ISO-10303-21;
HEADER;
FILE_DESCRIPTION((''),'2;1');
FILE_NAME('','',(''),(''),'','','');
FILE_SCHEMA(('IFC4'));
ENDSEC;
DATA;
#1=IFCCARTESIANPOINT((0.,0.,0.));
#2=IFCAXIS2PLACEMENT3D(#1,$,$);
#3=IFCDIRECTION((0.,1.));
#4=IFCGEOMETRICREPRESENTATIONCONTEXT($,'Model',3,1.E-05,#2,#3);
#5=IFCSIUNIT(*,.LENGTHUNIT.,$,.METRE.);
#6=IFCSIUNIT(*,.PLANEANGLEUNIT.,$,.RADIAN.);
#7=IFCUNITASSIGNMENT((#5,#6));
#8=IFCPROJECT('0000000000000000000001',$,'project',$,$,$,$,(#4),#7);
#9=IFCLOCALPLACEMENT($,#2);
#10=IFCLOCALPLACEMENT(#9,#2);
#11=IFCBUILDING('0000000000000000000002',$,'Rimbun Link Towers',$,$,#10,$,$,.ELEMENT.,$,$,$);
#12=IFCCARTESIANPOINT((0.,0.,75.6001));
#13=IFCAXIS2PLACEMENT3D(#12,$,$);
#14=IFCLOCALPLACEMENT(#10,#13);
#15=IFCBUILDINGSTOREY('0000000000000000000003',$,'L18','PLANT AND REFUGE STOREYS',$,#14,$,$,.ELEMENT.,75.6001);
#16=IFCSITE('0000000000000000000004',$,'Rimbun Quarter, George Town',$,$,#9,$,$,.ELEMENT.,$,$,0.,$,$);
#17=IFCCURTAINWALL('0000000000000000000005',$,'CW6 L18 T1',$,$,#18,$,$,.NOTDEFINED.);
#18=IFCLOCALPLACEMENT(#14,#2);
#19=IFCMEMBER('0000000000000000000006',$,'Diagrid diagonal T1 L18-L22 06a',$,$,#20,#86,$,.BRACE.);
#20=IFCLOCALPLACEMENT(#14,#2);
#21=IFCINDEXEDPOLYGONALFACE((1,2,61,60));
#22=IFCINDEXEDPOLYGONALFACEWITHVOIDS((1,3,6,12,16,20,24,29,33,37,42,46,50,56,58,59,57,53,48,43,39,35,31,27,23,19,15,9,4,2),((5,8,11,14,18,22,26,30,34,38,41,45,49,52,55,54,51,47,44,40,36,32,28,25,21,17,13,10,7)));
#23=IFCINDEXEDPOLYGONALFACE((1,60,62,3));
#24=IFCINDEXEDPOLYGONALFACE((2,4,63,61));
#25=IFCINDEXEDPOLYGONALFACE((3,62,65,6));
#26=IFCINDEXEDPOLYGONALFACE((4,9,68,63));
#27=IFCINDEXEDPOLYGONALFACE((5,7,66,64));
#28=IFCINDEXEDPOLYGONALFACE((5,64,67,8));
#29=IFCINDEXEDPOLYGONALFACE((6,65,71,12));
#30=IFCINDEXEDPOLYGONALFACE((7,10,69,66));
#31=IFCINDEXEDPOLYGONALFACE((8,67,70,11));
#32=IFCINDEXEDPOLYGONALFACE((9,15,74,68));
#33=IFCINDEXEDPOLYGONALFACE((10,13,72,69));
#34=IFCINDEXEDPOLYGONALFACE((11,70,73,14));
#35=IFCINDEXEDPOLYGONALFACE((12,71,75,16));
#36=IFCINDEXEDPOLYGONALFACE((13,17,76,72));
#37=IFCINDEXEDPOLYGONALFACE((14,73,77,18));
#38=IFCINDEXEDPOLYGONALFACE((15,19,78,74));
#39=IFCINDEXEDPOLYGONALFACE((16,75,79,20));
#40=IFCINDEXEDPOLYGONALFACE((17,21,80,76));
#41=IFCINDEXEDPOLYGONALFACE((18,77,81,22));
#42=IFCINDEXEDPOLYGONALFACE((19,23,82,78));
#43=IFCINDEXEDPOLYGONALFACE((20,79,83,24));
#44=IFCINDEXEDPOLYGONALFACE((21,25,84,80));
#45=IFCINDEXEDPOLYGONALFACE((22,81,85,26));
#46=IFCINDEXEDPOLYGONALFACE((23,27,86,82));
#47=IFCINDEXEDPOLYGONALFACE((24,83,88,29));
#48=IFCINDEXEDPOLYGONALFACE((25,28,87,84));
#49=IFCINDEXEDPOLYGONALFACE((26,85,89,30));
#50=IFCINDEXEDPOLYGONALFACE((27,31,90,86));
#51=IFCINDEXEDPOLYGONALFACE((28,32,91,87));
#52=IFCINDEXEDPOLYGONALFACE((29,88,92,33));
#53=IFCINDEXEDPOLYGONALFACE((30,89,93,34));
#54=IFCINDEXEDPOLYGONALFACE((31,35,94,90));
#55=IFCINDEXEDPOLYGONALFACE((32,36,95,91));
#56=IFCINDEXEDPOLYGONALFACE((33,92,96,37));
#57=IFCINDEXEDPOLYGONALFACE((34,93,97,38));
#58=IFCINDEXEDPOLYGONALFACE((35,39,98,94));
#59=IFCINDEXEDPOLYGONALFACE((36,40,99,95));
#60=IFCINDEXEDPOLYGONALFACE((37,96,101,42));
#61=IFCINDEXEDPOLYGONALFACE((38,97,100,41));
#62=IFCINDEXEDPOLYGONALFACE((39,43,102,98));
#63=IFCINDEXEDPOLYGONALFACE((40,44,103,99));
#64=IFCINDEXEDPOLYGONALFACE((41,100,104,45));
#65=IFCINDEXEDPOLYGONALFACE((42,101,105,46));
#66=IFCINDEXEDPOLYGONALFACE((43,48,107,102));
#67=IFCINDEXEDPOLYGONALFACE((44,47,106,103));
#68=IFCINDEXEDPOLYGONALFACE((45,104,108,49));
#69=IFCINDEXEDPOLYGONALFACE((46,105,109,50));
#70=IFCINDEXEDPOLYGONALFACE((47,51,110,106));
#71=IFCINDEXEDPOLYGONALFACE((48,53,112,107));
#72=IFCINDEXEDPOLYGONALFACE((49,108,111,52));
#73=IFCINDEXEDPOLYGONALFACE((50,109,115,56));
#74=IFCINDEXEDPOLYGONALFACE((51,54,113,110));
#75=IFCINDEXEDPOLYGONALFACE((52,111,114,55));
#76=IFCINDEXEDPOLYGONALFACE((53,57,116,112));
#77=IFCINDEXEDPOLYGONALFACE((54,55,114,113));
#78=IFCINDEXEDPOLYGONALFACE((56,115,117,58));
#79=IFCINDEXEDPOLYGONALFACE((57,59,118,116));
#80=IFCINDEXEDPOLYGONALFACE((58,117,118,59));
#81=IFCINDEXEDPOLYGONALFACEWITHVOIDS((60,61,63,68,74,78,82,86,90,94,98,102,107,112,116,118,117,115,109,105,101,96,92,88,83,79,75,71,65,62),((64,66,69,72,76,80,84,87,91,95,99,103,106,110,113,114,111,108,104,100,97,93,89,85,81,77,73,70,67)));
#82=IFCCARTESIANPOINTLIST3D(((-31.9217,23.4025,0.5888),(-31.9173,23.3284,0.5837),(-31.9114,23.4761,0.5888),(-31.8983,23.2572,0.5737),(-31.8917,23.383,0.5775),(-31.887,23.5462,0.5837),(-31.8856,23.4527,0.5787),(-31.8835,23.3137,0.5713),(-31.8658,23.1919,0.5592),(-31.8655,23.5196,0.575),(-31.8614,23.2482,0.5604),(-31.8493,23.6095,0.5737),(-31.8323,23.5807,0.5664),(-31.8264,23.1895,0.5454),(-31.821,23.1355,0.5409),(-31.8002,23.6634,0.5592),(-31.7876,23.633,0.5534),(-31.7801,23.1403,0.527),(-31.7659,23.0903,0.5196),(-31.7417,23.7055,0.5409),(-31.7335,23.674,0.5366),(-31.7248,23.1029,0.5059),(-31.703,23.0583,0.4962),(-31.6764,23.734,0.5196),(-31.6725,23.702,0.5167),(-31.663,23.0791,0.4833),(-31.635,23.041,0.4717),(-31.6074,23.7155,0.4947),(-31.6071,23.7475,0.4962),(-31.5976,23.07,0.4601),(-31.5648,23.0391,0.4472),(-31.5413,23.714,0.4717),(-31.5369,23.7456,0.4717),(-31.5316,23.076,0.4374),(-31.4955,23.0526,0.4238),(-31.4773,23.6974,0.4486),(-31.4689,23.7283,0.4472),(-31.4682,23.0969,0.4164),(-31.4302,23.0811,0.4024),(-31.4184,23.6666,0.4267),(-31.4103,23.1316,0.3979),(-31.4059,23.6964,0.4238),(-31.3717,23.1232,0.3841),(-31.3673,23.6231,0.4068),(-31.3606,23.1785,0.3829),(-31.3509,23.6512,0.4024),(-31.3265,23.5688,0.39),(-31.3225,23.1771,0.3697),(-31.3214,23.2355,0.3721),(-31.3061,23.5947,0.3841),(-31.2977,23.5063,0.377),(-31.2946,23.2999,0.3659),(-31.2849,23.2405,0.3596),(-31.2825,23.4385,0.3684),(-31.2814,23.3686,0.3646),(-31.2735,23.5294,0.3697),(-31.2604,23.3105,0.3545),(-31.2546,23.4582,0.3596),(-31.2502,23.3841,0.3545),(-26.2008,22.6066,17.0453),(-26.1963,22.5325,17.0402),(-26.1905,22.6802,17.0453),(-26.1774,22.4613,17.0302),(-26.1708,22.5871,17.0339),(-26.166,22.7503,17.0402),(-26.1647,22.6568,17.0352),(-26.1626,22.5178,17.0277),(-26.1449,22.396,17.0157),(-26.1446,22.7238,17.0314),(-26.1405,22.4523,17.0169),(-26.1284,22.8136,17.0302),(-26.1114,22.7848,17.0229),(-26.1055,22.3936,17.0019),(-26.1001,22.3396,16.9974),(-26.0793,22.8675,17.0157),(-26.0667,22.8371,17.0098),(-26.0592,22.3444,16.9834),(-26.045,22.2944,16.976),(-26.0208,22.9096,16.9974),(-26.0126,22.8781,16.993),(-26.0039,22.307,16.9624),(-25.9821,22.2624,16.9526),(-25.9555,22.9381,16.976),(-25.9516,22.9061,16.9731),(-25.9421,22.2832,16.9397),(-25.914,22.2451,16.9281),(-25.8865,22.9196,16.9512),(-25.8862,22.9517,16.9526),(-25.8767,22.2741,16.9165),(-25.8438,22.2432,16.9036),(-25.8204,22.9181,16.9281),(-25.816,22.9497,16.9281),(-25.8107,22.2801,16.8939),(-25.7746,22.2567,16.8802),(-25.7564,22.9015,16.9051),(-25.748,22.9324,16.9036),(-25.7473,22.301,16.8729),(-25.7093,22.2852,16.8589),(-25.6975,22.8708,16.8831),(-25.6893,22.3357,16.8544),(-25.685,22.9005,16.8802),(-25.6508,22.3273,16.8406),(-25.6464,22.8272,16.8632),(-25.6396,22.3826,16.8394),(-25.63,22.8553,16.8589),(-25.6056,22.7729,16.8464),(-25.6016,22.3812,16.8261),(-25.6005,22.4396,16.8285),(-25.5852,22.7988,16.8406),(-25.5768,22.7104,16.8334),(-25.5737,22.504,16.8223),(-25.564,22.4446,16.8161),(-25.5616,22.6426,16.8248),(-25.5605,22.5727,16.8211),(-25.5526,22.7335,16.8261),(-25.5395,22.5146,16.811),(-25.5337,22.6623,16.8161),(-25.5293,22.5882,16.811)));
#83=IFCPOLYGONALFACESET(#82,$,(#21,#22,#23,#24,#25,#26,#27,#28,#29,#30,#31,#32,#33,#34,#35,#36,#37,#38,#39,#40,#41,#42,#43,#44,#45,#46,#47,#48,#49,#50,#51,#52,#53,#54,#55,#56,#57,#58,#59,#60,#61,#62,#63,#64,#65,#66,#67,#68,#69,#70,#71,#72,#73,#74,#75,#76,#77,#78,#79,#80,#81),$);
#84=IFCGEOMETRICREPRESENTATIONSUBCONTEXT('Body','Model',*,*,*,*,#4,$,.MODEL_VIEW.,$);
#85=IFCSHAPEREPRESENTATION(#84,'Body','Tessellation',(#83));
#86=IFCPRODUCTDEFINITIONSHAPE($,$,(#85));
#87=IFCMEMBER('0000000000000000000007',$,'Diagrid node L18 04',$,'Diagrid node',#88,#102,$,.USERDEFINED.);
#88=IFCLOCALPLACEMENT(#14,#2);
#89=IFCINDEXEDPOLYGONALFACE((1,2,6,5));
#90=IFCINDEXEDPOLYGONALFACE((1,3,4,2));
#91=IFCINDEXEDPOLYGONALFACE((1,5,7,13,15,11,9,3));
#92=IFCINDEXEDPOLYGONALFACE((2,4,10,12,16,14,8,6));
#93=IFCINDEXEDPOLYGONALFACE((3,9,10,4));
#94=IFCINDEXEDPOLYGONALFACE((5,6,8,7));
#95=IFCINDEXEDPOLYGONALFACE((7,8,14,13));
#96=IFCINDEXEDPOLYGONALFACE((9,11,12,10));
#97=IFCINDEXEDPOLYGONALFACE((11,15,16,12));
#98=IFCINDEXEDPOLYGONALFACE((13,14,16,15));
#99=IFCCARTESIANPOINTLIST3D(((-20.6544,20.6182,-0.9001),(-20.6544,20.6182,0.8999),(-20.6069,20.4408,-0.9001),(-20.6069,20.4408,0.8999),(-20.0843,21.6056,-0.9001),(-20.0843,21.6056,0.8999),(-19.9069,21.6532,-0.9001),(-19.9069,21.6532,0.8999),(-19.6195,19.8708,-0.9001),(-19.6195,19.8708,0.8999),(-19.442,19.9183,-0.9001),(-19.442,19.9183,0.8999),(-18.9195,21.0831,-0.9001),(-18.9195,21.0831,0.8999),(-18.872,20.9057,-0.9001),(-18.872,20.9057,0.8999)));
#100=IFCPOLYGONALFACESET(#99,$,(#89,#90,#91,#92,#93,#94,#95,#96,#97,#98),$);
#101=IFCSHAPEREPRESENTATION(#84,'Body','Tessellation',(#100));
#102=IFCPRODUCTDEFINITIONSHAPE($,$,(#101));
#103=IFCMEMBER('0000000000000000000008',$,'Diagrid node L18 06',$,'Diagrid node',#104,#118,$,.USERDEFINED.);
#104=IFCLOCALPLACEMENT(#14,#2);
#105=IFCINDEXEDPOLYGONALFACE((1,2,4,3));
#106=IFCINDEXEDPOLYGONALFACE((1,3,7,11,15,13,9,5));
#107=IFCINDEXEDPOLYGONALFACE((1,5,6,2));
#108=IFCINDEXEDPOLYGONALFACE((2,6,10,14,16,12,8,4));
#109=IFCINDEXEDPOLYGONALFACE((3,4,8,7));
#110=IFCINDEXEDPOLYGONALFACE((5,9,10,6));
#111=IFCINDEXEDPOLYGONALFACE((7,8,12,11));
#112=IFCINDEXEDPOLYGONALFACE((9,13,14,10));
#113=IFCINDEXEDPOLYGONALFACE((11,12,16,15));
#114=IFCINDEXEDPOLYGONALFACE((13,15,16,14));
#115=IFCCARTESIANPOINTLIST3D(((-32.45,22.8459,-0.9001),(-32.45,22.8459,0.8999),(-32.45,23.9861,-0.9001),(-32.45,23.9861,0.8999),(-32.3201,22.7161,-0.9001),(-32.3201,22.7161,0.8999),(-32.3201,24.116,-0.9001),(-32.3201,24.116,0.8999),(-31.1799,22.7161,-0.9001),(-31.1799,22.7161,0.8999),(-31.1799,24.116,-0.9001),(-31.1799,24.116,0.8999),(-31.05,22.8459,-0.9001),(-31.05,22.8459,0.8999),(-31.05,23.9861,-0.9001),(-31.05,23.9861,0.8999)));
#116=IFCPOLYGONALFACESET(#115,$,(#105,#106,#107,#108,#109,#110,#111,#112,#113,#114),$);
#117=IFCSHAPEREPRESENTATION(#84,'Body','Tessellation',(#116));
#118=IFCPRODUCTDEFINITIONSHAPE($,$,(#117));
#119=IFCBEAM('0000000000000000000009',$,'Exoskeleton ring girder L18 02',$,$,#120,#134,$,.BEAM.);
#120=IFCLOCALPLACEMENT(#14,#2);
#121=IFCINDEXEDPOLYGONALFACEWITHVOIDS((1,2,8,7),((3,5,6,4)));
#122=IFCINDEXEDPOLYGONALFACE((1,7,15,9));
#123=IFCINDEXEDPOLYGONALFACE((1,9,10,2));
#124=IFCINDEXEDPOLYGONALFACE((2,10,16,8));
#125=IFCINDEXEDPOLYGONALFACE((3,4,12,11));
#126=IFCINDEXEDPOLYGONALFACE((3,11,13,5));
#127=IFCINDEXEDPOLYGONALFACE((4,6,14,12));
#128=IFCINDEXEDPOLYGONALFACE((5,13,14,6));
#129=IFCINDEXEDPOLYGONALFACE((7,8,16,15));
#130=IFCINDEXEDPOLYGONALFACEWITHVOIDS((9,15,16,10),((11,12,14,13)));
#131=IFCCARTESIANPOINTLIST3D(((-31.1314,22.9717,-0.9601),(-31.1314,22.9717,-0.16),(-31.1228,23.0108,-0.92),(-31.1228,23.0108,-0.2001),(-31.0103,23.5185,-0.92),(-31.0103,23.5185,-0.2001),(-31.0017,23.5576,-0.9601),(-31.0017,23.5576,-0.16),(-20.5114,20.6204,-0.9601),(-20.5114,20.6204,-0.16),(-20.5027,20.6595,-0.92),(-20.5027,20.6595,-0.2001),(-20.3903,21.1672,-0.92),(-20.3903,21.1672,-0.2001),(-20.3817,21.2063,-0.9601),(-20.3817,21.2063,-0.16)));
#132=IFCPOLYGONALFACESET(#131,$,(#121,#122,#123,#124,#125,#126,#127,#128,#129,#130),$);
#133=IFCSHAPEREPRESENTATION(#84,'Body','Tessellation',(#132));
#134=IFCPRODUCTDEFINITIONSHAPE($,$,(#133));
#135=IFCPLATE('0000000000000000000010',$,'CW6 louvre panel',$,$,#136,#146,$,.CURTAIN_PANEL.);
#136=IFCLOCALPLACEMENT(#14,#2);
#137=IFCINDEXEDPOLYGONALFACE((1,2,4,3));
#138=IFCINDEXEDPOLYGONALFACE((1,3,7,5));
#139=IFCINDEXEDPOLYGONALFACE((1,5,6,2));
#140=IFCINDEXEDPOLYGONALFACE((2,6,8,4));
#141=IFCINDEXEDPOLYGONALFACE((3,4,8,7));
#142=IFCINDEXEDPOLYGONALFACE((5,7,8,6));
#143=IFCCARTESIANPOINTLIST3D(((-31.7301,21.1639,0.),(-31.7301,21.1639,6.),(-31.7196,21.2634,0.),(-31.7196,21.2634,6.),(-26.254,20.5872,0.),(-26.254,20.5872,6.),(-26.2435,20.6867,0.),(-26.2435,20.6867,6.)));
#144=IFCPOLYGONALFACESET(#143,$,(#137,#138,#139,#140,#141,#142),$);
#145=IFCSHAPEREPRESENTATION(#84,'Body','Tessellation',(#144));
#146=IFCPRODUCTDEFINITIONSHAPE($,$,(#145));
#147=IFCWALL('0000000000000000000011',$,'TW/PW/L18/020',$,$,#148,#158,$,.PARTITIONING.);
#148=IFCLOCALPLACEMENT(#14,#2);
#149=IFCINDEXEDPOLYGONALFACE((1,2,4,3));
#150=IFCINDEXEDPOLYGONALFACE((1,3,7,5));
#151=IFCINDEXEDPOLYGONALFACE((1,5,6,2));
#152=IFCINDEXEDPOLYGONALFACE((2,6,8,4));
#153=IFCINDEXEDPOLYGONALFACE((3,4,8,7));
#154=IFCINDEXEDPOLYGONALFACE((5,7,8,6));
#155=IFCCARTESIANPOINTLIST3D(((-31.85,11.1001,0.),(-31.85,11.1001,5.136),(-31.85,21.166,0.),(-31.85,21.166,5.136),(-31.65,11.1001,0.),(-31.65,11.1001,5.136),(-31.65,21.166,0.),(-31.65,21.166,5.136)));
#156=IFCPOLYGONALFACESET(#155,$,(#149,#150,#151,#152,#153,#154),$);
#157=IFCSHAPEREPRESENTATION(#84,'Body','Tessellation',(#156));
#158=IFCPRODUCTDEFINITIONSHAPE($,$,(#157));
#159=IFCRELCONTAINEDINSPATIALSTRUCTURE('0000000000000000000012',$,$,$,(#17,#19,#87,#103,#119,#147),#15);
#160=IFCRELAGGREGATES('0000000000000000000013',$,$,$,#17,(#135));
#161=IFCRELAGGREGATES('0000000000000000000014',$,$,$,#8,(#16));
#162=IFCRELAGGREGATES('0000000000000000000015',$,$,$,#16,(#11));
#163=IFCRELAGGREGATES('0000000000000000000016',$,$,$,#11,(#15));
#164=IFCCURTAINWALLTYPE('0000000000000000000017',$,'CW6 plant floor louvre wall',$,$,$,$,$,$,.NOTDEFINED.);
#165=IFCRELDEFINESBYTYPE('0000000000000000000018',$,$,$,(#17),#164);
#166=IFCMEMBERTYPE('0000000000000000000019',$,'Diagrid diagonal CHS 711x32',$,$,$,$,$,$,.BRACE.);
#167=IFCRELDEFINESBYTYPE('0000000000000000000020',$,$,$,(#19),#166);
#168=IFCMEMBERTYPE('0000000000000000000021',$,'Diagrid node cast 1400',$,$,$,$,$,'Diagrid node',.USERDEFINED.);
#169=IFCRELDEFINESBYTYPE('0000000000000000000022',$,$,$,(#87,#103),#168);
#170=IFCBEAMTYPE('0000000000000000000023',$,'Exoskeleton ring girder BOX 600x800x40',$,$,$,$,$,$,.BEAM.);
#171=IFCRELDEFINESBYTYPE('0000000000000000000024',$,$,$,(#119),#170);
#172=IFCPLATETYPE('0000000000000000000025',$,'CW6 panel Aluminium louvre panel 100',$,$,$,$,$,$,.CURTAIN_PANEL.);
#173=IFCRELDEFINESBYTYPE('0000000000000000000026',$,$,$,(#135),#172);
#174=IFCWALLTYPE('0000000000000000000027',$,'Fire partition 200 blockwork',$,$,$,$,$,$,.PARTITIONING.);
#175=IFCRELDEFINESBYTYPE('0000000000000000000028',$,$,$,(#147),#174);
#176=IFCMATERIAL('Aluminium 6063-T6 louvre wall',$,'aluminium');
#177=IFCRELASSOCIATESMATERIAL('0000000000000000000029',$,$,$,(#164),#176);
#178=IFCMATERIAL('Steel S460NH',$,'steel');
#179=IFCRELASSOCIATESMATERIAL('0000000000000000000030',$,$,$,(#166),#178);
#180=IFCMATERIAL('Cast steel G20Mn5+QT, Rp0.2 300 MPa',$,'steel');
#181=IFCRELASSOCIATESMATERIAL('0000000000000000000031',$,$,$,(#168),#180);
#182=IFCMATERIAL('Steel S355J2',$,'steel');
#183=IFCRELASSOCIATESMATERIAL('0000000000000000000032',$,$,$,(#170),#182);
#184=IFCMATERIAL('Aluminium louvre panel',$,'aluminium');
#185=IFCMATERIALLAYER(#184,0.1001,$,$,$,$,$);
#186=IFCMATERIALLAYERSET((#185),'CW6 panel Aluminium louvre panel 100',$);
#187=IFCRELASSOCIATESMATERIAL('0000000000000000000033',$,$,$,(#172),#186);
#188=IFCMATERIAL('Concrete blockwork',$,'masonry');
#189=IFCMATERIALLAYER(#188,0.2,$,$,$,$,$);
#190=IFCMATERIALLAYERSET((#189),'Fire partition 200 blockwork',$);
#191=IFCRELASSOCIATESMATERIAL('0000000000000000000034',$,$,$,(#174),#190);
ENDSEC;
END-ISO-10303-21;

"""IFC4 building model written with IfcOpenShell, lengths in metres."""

from ifc_helpers import new_model, si_unit, direction, frame, frame_2d, origin, origin_2d, place, context, subcontext, project, spatial, polyline, rectangle, hollow_rectangle, hollow_circle, outline, extrude, material, layer, layer_set, material_profile, profile_set, type_object, element, aggregate, save


model = new_model("IFC4")

# Units and contexts
model_context = context("Model", 3, precision=1e-05, world=origin(), true_north=direction((0.0, 1.0)))
body_context = subcontext(model_context, "Body", "Model", "MODEL_VIEW")
ifc_project = project(units=[si_unit("LENGTHUNIT", "METRE"), si_unit("PLANEANGLEUNIT", "RADIAN")], contexts=[model_context])

# Site, building, storey
site_placement = place(None, origin())
site = spatial("IfcSite", under=ifc_project, at=site_placement, Name="Rimbun Quarter, George Town", CompositionType="ELEMENT", RefElevation=0.0)
building_placement = place(site_placement, origin())
building = spatial("IfcBuilding", under=site, at=building_placement, Name="Rimbun Link Towers", CompositionType="ELEMENT")
storey_placement = place(building_placement, frame((0.0, 0.0, 75.6001)))
storey = spatial("IfcBuildingStorey", under=building, at=storey_placement, Name="L18", Description="PLANT AND REFUGE STOREYS", CompositionType="ELEMENT", Elevation=75.6001)

# Curtain wall
ifc_material_1 = material(Name="Aluminium 6063-T6 louvre wall", Category="aluminium")
curtain_wall_type = type_object("IfcCurtainWallType", Name="CW6 plant floor louvre wall", PredefinedType="NOTDEFINED", material=ifc_material_1)
curtain_wall_placement = place(storey_placement, origin())
curtain_wall = element("IfcCurtainWall", 1, at=curtain_wall_placement, inside=storey, type_object=curtain_wall_type, Name="CW6 L18 T1", PredefinedType="NOTDEFINED")

# Members
ifc_material_2 = material(Name="Steel S460NH", Category="steel")
ifc_material_profile_1 = material_profile(ifc_material_2, hollow_circle(Radius=0.3557, WallThickness=0.032, at=origin_2d()), Name="Diagrid diagonal CHS 711x32")
ifc_profile_set_1 = profile_set([ifc_material_profile_1], Name="Steel S460NH")
member_type_1 = type_object("IfcMemberType", Name="Diagrid diagonal CHS 711x32", PredefinedType="BRACE", material=ifc_profile_set_1)
member_1_placement = place(storey_placement, frame((-31.5859, 23.3933, 0.4717), z_axis=(0.328021, -0.045634, 0.943567), x_axis=(0.137793, 0.990461, 0.0)))
element("IfcMember", 2, at=member_1_placement, inside=storey, type_object=member_type_1, Name="Diagrid diagonal T1 L18-L22 06a", PredefinedType="BRACE", context=body_context, shape_type="SweptSolid", body=[
    extrude(hollow_circle(Radius=0.3557, WallThickness=0.032, at=origin_2d()), origin(), (0.0, 0.0, 1.0), 17.4407),
])
ifc_material_3 = material(Name="Cast steel G20Mn5+QT, Rp0.2 300 MPa", Category="steel")
ifc_material_profile_2 = material_profile(ifc_material_3, outline(polyline([(0.7, -0.5701), (0.7, 0.5701), (0.5701, 0.7), (-0.5701, 0.7), (-0.7, 0.5701), (-0.7, -0.5701), (-0.5701, -0.7), (0.5701, -0.7), (0.7, -0.5701)])), Name="NODE 1400x1400")
ifc_profile_set_2 = profile_set([ifc_material_profile_2], Name="Cast steel G20Mn5+QT, Rp0.2 300 MPa")
member_type_2 = type_object("IfcMemberType", Name="Diagrid node cast 1400", ElementType="Diagrid node", PredefinedType="USERDEFINED", material=ifc_profile_set_2)
for number, where, z_axis, x_axis, name in (
    (3, (-19.7632, 20.762, -0.9001), (0.0, 0.0, 1.0), (0.5, 0.866025, 0.0), "Diagrid node L18 04"),
    (4, (-31.75, 23.416, -0.9001), (0.0, 0.0, 1.0), (0.0, 1.0, 0.0), "Diagrid node L18 06"),
):
    element("IfcMember", number, at=place(storey_placement, frame(where, z_axis=z_axis, x_axis=x_axis)), inside=storey, type_object=member_type_2, Name=name, ObjectType="Diagrid node", PredefinedType="USERDEFINED", context=body_context, shape_type="SweptSolid", body=[
        extrude(outline(polyline([(0.7, -0.5701), (0.7, 0.5701), (0.5701, 0.7), (-0.5701, 0.7), (-0.7, 0.5701), (-0.7, -0.5701), (-0.5701, -0.7), (0.5701, -0.7), (0.7, -0.5701)])), origin(), (0.0, 0.0, 1.0), 1.8),
    ])

# Beam
ifc_material_4 = material(Name="Steel S355J2", Category="steel")
ifc_material_profile_3 = material_profile(ifc_material_4, hollow_rectangle(XDim=0.6001, YDim=0.8, WallThickness=0.04, at=origin_2d()), Name="Exoskeleton ring girder BOX 600x800x40")
ifc_profile_set_3 = profile_set([ifc_material_profile_3], Name="Steel S355J2")
beam_type = type_object("IfcBeamType", Name="Exoskeleton ring girder BOX 600x800x40", PredefinedType="BEAM", material=ifc_profile_set_3)
beam_placement = place(storey_placement, frame((-20.4465, 20.9133, -0.5601), z_axis=(-0.976356, 0.216168, 0.0), x_axis=(-0.216168, -0.976356, 0.0)))
element("IfcBeam", 5, at=beam_placement, inside=storey, type_object=beam_type, Name="Exoskeleton ring girder L18 02", PredefinedType="BEAM", context=body_context, shape_type="SweptSolid", body=[
    extrude(hollow_rectangle(XDim=0.6001, YDim=0.8, WallThickness=0.04, at=origin_2d()), origin(), (0.0, 0.0, 1.0), 10.8772),
])

# Plate
ifc_material_5 = material(Name="Aluminium louvre panel", Category="aluminium")
ifc_layer_1 = layer(ifc_material_5, 0.1001)
ifc_layer_set_1 = layer_set([ifc_layer_1], Name="CW6 panel Aluminium louvre panel 100")
plate_type = type_object("IfcPlateType", Name="CW6 panel Aluminium louvre panel 100", PredefinedType="CURTAIN_PANEL", material=ifc_layer_set_1)
plate_placement = place(storey_placement, frame((-28.9868, 20.9253, 0.0), z_axis=(0.0, 0.0, 1.0), x_axis=(0.9945, -0.104736, 0.0)))
plate = element("IfcPlate", 6, at=plate_placement, type_object=plate_type, Name="CW6 louvre panel", PredefinedType="CURTAIN_PANEL", context=body_context, shape_type="SweptSolid", body=[
    extrude(rectangle(XDim=5.5063, YDim=0.1001, at=origin_2d()), origin(), (0.0, 0.0, 1.0), 6.0),
])
aggregate(curtain_wall, [plate])

# Wall
ifc_material_6 = material(Name="Concrete blockwork", Category="masonry")
ifc_layer_2 = layer(ifc_material_6, 0.2)
ifc_layer_set_2 = layer_set([ifc_layer_2], Name="Fire partition 200 blockwork")
wall_type = type_object("IfcWallType", Name="Fire partition 200 blockwork", PredefinedType="PARTITIONING", material=ifc_layer_set_2)
wall_placement = place(storey_placement, frame((-31.75, 21.166, 0.0), z_axis=(0.0, 0.0, 1.0), x_axis=(0.0, -1.0, 0.0)))
element("IfcWall", 7, at=wall_placement, inside=storey, type_object=wall_type, Name="TW/PW/L18/020", PredefinedType="PARTITIONING", context=body_context, shape_type="SweptSolid", body=[
    extrude(rectangle(XDim=10.0659, YDim=0.2, at=frame_2d((5.033, 0.0))), origin(), (0.0, 0.0, 1.0), 5.136),
])

save(model, "model.ifc")
